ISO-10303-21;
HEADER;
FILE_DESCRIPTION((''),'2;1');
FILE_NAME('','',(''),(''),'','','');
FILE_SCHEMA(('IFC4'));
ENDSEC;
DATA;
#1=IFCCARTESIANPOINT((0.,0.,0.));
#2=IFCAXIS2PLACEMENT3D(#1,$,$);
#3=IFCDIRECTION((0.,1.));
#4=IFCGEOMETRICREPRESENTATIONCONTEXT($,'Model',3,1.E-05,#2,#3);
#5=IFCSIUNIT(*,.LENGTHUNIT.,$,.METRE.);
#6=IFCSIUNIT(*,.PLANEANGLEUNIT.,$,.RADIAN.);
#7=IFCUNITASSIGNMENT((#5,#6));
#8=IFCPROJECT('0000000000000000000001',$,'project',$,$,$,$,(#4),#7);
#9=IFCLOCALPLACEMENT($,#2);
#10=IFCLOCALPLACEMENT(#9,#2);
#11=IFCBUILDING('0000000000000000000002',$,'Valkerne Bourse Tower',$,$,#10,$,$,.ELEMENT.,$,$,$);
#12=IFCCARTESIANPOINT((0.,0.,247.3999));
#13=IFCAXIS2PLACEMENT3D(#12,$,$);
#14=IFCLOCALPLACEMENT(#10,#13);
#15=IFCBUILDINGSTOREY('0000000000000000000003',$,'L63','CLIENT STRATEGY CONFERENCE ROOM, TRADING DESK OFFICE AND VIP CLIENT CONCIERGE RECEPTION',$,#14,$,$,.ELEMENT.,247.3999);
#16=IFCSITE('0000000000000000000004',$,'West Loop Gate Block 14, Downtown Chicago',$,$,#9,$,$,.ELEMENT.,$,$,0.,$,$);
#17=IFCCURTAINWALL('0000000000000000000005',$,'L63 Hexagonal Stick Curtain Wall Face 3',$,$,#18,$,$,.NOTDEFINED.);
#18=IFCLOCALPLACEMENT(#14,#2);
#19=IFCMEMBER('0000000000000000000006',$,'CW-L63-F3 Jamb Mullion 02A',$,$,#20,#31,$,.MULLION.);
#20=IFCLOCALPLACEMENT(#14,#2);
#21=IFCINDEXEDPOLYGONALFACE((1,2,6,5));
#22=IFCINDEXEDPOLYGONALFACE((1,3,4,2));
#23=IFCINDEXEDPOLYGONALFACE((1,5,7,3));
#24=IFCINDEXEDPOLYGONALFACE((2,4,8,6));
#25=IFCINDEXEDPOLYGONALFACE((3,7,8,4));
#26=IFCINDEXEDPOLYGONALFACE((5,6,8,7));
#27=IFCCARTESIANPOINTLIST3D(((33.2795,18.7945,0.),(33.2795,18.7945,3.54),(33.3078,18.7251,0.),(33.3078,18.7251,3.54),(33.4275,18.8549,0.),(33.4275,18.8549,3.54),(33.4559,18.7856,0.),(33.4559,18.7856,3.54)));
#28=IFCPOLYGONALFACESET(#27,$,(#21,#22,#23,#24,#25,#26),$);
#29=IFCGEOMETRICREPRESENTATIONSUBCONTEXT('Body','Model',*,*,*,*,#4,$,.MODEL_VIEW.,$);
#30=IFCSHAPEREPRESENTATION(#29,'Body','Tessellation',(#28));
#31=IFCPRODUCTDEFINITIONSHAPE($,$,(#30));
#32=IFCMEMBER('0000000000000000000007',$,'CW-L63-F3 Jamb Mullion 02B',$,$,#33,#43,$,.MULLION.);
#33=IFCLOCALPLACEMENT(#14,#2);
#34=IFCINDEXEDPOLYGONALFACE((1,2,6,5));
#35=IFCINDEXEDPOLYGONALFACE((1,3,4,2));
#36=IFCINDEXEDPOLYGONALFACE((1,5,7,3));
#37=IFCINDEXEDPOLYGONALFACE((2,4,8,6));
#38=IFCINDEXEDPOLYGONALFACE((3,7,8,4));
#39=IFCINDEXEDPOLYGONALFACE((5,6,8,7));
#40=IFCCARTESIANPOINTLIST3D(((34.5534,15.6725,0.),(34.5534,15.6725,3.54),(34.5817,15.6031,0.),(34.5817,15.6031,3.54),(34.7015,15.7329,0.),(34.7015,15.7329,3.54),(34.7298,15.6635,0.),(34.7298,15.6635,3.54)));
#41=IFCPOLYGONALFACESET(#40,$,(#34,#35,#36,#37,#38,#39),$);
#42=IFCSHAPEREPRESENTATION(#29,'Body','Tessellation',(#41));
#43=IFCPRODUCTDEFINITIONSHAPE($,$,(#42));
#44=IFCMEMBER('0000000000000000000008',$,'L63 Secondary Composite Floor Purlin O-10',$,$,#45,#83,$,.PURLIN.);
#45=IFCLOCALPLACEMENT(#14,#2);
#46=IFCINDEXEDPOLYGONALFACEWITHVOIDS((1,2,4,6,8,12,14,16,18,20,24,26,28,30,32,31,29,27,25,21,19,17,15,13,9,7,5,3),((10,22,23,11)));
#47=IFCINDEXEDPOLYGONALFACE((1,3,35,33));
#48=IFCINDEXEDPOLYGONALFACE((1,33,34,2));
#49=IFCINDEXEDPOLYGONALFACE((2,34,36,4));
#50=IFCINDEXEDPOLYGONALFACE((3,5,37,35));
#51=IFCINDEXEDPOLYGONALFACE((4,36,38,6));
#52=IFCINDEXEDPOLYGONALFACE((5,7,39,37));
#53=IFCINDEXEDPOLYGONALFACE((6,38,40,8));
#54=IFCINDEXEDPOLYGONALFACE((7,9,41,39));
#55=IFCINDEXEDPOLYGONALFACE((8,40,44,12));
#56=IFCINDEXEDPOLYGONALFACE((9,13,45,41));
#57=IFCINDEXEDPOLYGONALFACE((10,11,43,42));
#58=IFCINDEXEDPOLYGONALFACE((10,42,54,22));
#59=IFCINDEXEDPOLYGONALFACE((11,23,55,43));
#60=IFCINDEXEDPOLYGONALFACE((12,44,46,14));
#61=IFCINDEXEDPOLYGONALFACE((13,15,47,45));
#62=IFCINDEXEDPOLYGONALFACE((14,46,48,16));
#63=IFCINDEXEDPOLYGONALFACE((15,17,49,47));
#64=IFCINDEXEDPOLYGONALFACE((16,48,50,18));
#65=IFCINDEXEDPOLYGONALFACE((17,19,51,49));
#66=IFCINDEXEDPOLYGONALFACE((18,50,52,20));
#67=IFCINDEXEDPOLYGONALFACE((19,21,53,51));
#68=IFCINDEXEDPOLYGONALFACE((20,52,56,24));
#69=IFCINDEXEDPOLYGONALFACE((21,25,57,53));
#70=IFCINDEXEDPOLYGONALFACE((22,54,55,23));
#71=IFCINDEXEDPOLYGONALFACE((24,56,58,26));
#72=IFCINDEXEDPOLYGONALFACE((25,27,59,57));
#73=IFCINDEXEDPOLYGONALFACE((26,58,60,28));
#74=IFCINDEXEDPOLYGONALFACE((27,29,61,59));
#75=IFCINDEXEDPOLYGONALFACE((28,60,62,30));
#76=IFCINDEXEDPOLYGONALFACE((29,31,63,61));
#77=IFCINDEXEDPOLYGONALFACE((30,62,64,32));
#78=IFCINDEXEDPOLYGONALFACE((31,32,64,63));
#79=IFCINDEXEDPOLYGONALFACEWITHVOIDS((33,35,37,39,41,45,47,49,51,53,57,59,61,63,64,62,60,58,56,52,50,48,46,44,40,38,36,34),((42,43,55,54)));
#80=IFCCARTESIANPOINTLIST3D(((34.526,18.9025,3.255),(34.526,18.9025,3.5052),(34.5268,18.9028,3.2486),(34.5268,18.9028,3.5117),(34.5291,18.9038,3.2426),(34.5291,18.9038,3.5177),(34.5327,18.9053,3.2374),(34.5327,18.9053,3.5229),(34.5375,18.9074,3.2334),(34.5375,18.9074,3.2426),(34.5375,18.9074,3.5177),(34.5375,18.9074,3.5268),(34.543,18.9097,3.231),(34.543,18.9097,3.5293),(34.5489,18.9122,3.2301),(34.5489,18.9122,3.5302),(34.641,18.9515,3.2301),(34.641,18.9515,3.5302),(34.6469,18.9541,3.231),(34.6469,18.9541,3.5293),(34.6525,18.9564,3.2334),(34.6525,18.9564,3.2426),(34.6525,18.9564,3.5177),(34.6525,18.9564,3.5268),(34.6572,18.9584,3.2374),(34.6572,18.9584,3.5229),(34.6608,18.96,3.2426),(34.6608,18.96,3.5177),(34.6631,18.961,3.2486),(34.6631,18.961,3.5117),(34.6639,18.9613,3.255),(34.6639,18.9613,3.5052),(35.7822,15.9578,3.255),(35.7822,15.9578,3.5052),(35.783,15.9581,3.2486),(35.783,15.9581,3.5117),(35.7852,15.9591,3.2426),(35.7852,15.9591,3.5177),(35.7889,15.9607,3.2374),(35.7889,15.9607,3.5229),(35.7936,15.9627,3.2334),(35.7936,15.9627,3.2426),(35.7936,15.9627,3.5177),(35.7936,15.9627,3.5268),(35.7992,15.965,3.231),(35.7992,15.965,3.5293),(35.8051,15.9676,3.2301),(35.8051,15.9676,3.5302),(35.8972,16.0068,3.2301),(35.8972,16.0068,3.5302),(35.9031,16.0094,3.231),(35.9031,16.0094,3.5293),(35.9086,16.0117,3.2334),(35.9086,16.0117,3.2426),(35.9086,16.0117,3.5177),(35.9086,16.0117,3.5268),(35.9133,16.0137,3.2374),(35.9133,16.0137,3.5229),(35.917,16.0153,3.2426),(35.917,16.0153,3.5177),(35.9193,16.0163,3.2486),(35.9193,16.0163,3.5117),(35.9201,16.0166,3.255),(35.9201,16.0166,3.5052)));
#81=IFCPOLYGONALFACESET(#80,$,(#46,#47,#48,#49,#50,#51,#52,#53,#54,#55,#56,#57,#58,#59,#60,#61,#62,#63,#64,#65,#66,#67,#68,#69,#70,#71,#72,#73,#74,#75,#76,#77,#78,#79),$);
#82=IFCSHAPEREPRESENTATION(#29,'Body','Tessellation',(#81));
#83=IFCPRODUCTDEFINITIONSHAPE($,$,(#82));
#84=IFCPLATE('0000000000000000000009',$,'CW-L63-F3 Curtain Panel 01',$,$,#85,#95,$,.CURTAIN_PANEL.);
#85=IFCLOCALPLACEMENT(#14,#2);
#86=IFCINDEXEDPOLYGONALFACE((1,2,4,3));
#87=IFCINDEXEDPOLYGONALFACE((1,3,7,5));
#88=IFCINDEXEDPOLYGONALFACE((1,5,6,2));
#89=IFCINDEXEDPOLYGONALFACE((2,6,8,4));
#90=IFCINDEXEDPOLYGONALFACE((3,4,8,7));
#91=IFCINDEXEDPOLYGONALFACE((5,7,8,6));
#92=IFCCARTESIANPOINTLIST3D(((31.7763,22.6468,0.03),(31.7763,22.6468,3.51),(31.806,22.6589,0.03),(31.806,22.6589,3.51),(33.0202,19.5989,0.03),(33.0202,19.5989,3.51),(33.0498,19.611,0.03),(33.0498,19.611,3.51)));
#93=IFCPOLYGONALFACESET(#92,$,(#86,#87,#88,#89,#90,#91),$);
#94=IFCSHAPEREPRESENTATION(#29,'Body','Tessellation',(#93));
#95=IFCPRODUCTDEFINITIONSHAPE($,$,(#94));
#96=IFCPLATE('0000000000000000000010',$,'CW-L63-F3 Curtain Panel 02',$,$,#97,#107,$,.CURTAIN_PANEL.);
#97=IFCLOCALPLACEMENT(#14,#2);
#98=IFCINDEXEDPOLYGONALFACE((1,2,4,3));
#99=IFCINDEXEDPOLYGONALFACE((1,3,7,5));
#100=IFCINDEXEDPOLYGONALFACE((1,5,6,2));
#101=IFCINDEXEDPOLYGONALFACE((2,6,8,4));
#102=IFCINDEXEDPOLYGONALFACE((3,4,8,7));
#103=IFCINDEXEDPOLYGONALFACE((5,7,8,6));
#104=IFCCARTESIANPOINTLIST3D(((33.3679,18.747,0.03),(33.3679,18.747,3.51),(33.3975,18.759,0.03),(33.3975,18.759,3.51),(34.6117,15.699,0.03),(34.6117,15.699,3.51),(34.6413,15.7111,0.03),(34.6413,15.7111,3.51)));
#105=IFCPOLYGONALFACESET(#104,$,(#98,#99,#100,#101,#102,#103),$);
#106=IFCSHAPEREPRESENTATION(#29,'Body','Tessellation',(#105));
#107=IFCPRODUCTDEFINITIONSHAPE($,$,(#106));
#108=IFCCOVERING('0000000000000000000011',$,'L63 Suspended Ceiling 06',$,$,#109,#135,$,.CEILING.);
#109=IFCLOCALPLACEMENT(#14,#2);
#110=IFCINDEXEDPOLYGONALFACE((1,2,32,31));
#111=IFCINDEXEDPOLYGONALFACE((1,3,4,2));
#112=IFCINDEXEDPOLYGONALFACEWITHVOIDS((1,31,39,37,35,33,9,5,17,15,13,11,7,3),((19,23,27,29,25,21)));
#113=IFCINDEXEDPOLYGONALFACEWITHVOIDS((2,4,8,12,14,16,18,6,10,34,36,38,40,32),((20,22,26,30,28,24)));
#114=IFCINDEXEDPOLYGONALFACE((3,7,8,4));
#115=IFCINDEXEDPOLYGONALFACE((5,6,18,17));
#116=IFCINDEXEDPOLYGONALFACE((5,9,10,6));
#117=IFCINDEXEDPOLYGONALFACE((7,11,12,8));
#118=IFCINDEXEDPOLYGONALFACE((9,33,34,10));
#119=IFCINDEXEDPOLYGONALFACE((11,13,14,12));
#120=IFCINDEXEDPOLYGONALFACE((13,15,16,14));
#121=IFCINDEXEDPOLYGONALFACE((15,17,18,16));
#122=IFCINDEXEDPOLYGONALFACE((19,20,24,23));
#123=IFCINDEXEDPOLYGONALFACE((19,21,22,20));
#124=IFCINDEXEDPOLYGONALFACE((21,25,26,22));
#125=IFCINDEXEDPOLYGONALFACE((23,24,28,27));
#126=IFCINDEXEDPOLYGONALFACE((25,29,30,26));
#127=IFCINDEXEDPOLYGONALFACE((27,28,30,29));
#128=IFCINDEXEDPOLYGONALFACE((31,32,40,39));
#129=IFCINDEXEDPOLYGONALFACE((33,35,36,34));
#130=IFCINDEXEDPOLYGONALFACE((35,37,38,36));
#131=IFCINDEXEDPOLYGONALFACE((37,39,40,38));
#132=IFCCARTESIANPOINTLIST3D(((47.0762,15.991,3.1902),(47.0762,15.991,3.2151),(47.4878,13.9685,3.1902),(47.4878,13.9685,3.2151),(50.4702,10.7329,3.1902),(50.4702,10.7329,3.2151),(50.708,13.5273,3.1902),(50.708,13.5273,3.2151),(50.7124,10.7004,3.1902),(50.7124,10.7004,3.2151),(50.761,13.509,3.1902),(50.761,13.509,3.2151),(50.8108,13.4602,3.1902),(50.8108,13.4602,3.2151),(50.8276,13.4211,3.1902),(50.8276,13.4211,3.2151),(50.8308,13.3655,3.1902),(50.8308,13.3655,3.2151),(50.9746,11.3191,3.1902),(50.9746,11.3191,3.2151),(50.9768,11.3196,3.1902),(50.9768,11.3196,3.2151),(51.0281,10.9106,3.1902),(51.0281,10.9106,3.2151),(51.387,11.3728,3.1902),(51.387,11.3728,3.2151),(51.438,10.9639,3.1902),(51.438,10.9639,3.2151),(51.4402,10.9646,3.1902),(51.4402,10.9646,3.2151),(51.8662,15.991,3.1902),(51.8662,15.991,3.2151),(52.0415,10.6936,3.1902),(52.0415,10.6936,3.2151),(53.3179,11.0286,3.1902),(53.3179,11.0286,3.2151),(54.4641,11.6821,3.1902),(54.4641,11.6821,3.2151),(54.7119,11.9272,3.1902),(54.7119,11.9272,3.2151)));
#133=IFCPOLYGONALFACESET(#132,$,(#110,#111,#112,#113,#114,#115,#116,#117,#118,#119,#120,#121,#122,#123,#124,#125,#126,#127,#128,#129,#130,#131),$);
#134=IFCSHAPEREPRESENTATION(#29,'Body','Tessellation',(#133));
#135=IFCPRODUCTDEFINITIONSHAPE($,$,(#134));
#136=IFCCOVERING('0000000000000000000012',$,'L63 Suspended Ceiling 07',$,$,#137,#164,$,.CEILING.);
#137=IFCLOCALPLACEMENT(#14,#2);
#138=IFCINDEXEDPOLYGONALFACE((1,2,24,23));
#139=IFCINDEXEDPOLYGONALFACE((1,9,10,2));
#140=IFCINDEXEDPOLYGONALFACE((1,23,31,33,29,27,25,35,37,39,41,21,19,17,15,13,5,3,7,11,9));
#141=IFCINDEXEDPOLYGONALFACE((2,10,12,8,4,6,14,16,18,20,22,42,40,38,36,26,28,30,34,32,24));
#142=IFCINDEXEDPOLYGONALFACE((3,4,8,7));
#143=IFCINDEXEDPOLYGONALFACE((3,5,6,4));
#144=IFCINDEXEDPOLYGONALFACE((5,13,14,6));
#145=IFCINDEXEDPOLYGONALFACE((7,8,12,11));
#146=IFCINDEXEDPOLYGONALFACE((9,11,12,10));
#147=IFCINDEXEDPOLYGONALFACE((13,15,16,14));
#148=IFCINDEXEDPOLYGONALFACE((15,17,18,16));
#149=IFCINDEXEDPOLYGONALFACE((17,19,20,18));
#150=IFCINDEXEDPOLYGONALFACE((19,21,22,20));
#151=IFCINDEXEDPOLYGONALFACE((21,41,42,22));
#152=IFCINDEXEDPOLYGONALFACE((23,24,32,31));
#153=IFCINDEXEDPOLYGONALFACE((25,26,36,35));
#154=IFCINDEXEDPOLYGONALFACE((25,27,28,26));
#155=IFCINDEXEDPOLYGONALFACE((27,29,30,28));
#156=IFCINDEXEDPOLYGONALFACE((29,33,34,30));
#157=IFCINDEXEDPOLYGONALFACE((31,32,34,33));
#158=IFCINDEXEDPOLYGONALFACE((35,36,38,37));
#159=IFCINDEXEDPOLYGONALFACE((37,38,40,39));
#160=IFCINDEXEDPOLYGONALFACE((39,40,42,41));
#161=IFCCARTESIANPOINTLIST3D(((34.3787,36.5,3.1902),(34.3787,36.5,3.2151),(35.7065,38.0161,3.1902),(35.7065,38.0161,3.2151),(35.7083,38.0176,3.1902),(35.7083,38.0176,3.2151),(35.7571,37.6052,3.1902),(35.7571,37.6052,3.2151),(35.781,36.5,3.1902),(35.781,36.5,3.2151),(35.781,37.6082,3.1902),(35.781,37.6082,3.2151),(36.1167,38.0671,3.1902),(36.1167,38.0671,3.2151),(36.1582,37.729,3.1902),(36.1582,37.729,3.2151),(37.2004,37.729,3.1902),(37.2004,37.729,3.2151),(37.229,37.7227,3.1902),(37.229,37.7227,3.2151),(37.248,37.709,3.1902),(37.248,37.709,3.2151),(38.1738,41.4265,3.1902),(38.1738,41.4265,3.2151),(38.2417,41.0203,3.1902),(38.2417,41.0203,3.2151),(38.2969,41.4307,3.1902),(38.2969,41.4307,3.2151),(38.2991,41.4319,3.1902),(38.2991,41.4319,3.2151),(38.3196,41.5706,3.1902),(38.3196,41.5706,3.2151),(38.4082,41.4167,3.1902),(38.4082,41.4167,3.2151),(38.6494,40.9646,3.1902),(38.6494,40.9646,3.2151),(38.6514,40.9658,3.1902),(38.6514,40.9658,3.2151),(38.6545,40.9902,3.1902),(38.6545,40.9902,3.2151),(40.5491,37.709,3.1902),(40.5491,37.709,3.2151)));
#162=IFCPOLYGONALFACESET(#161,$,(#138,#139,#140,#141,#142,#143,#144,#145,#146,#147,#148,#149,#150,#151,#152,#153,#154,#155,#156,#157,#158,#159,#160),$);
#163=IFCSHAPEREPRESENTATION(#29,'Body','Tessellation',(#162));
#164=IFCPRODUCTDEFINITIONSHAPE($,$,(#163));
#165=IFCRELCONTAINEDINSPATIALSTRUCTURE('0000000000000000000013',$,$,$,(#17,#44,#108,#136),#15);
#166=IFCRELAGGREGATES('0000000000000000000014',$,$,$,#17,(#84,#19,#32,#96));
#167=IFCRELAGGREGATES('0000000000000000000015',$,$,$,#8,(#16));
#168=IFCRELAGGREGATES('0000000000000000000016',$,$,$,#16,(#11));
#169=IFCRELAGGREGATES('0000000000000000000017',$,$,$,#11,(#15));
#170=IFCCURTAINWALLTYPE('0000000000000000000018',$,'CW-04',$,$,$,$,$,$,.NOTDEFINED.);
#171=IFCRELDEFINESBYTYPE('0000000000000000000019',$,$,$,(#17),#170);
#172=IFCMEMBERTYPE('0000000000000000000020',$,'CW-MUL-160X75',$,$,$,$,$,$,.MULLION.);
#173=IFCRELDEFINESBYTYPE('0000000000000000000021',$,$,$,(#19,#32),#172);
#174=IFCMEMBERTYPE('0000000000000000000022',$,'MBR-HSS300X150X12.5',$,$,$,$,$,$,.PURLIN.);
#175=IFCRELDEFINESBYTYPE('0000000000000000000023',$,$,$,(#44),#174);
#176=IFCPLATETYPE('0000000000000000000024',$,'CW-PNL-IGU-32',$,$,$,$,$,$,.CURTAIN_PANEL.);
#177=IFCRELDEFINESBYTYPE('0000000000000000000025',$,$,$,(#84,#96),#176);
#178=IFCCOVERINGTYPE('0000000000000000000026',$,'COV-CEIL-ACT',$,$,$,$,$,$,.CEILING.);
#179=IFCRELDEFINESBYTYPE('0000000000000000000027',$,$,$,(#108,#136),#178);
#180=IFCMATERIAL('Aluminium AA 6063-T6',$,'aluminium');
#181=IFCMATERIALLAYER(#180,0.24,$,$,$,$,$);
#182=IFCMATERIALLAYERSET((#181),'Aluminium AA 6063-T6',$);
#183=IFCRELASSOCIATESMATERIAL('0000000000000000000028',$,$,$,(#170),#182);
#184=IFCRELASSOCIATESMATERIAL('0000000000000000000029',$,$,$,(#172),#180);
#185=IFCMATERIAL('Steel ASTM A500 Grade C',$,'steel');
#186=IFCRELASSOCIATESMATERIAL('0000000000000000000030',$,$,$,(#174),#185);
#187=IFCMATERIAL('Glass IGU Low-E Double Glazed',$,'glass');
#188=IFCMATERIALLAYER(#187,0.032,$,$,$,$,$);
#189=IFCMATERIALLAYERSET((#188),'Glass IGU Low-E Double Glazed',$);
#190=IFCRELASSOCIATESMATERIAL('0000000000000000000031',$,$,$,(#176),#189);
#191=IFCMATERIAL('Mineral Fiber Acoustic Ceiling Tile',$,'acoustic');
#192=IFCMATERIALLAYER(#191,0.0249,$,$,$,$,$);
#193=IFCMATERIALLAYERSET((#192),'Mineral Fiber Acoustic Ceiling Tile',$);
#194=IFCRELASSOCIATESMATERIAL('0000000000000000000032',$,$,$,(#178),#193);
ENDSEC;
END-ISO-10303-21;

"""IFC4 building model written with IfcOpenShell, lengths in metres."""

from ifc_helpers import new_model, si_unit, direction, frame, origin, origin_2d, place, context, subcontext, project, spatial, polyline, rectangle, hollow_rectangle, outline, extrude, material, layer, layer_set, material_profile, profile_set, type_object, element, aggregate, save


model = new_model("IFC4")

# Units and contexts
model_context = context("Model", 3, precision=1e-05, world=origin(), true_north=direction((0.0, 1.0)))
body_context = subcontext(model_context, "Body", "Model", "MODEL_VIEW")
ifc_project = project(units=[si_unit("LENGTHUNIT", "METRE"), si_unit("PLANEANGLEUNIT", "RADIAN")], contexts=[model_context])

# Site, building, storey
site_placement = place(None, origin())
site = spatial("IfcSite", under=ifc_project, at=site_placement, Name="West Loop Gate Block 14, Downtown Chicago", CompositionType="ELEMENT", RefElevation=0.0)
building_placement = place(site_placement, origin())
building = spatial("IfcBuilding", under=site, at=building_placement, Name="Valkerne Bourse Tower", CompositionType="ELEMENT")
storey_placement = place(building_placement, frame((0.0, 0.0, 247.3999)))
storey = spatial("IfcBuildingStorey", under=building, at=storey_placement, Name="L63", Description="CLIENT STRATEGY CONFERENCE ROOM, TRADING DESK OFFICE AND VIP CLIENT CONCIERGE RECEPTION", CompositionType="ELEMENT", Elevation=247.3999)

# Curtain wall, members
ifc_material_1 = material(Name="Aluminium AA 6063-T6", Category="aluminium")
ifc_layer_1 = layer(ifc_material_1, 0.24)
ifc_layer_set_1 = layer_set([ifc_layer_1], Name="Aluminium AA 6063-T6")
curtain_wall_type = type_object("IfcCurtainWallType", Name="CW-04", PredefinedType="NOTDEFINED", material=ifc_layer_set_1)
curtain_wall_placement = place(storey_placement, origin())
curtain_wall = element("IfcCurtainWall", 1, at=curtain_wall_placement, inside=storey, type_object=curtain_wall_type, Name="L63 Hexagonal Stick Curtain Wall Face 3", PredefinedType="NOTDEFINED")
ifc_material_profile_1 = material_profile(ifc_material_1, rectangle(XDim=0.075, YDim=0.1599, at=origin_2d()), Name="CWM-75X160")
ifc_profile_set_1 = profile_set([ifc_material_profile_1], Name="Aluminium AA 6063-T6")
member_type_1 = type_object("IfcMemberType", Name="CW-MUL-160X75", PredefinedType="MULLION", material=ifc_profile_set_1)
member_1_placement = place(storey_placement, frame((33.3677, 18.79, 0.0), z_axis=(0.0, 0.0, 1.0), x_axis=(0.377825, -0.925877, 0.0)))
member_1 = element("IfcMember", 2, at=member_1_placement, type_object=member_type_1, Name="CW-L63-F3 Jamb Mullion 02A", PredefinedType="MULLION", context=body_context, shape_type="SweptSolid", body=[
    extrude(rectangle(XDim=0.075, YDim=0.1599, at=origin_2d()), origin(), (0.0, 0.0, 1.0), 3.54),
])
member_2_placement = place(storey_placement, frame((34.6416, 15.668, 0.0), z_axis=(0.0, 0.0, 1.0), x_axis=(0.377825, -0.925877, 0.0)))
member_2 = element("IfcMember", 3, at=member_2_placement, type_object=member_type_1, Name="CW-L63-F3 Jamb Mullion 02B", PredefinedType="MULLION", context=body_context, shape_type="SweptSolid", body=[
    extrude(rectangle(XDim=0.075, YDim=0.1599, at=origin_2d()), origin(), (0.0, 0.0, 1.0), 3.54),
])

# Member
ifc_material_2 = material(Name="Steel ASTM A500 Grade C", Category="steel")
ifc_material_profile_2 = material_profile(ifc_material_2, hollow_rectangle(XDim=0.1499, YDim=0.3, WallThickness=0.0125, OuterFilletRadius=0.0249, at=origin_2d()), Name="HSS300X150X12.5")
ifc_profile_set_2 = profile_set([ifc_material_profile_2], Name="Steel ASTM A500 Grade C")
member_type_2 = type_object("IfcMemberType", Name="MBR-HSS300X150X12.5", PredefinedType="PURLIN", material=ifc_profile_set_2)
member_3_placement = place(storey_placement, frame((34.595, 18.9319, 3.3801), z_axis=(0.392372, -0.919806, 0.0), x_axis=(0.919806, 0.392372, 0.0)))
element("IfcMember", 4, at=member_3_placement, inside=storey, type_object=member_type_2, Name="L63 Secondary Composite Floor Purlin O-10", PredefinedType="PURLIN", context=body_context, shape_type="SweptSolid", body=[
    extrude(hollow_rectangle(XDim=0.1499, YDim=0.3, WallThickness=0.0125, OuterFilletRadius=0.0249, at=origin_2d()), origin(), (0.0, 0.0, 1.0), 3.2014),
])

# Plates
ifc_material_3 = material(Name="Glass IGU Low-E Double Glazed", Category="glass")
ifc_layer_2 = layer(ifc_material_3, 0.032)
ifc_layer_set_2 = layer_set([ifc_layer_2], Name="Glass IGU Low-E Double Glazed")
plate_type = type_object("IfcPlateType", Name="CW-PNL-IGU-32", PredefinedType="CURTAIN_PANEL", material=ifc_layer_set_2)
plate_1_placement = place(storey_placement, frame((32.4131, 21.1289, 0.03), z_axis=(0.0, 0.0, 1.0), x_axis=(0.377845, -0.925869, 0.0)))
plate_1 = element("IfcPlate", 5, at=plate_1_placement, type_object=plate_type, Name="CW-L63-F3 Curtain Panel 01", PredefinedType="CURTAIN_PANEL", context=body_context, shape_type="SweptSolid", body=[
    extrude(rectangle(XDim=3.292, YDim=0.032, at=origin_2d()), origin(), (0.0, 0.0, 1.0), 3.48),
])
plate_2_placement = place(storey_placement, frame((34.0046, 17.229, 0.03), z_axis=(0.0, 0.0, 1.0), x_axis=(0.377825, -0.925877, 0.0)))
plate_2 = element("IfcPlate", 6, at=plate_2_placement, type_object=plate_type, Name="CW-L63-F3 Curtain Panel 02", PredefinedType="CURTAIN_PANEL", context=body_context, shape_type="SweptSolid", body=[
    extrude(rectangle(XDim=3.292, YDim=0.032, at=origin_2d()), origin(), (0.0, 0.0, 1.0), 3.48),
])
aggregate(curtain_wall, [plate_1, member_1, member_2, plate_2])

# Coverings
ifc_material_4 = material(Name="Mineral Fiber Acoustic Ceiling Tile", Category="acoustic")
ifc_layer_3 = layer(ifc_material_4, 0.0249)
ifc_layer_set_3 = layer_set([ifc_layer_3], Name="Mineral Fiber Acoustic Ceiling Tile")
covering_type_1 = type_object("IfcCoveringType", Name="COV-CEIL-ACT", PredefinedType="CEILING", material=ifc_layer_set_3)
covering_1_placement = place(storey_placement, frame((0.0, 0.0, 3.1902)))
element("IfcCovering", 7, at=covering_1_placement, inside=storey, type_object=covering_type_1, Name="L63 Suspended Ceiling 06", PredefinedType="CEILING", context=body_context, shape_type="SweptSolid", body=[
    extrude(outline(polyline([(52.0415, 10.6936), (50.7124, 10.7004), (50.4702, 10.7329), (50.8308, 13.3655), (50.8276, 13.4211), (50.8108, 13.4602), (50.761, 13.509), (50.708, 13.5273), (47.4878, 13.9685), (47.0762, 15.991), (51.8662, 15.991), (54.7119, 11.9272), (54.4641, 11.6821), (53.3179, 11.0286), (52.0415, 10.6936)]), holes=[polyline([(51.4402, 10.9646), (51.387, 11.3728), (50.9768, 11.3196), (50.9746, 11.3191), (51.0281, 10.9106), (51.438, 10.9639), (51.4402, 10.9646)])]), origin(), (0.0, 0.0, 1.0), 0.0249),
])
covering_2_placement = place(storey_placement, frame((0.0, 0.0, 3.1902)))
element("IfcCovering", 8, at=covering_2_placement, inside=storey, type_object=covering_type_1, Name="L63 Suspended Ceiling 07", PredefinedType="CEILING", context=body_context, shape_type="SweptSolid", body=[
    extrude(outline(polyline([(38.4082, 41.4167), (38.2991, 41.4319), (38.2969, 41.4307), (38.2417, 41.0203), (38.6494, 40.9646), (38.6514, 40.9658), (38.6545, 40.9902), (40.5491, 37.709), (37.248, 37.709), (37.229, 37.7227), (37.2004, 37.729), (36.1582, 37.729), (36.1167, 38.0671), (35.7083, 38.0176), (35.7065, 38.0161), (35.7571, 37.6052), (35.781, 37.6082), (35.781, 36.5), (34.3787, 36.5), (38.1738, 41.4265), (38.3196, 41.5706), (38.4082, 41.4167)])), origin(), (0.0, 0.0, 1.0), 0.0249),
])

save(model, "model.ifc")
